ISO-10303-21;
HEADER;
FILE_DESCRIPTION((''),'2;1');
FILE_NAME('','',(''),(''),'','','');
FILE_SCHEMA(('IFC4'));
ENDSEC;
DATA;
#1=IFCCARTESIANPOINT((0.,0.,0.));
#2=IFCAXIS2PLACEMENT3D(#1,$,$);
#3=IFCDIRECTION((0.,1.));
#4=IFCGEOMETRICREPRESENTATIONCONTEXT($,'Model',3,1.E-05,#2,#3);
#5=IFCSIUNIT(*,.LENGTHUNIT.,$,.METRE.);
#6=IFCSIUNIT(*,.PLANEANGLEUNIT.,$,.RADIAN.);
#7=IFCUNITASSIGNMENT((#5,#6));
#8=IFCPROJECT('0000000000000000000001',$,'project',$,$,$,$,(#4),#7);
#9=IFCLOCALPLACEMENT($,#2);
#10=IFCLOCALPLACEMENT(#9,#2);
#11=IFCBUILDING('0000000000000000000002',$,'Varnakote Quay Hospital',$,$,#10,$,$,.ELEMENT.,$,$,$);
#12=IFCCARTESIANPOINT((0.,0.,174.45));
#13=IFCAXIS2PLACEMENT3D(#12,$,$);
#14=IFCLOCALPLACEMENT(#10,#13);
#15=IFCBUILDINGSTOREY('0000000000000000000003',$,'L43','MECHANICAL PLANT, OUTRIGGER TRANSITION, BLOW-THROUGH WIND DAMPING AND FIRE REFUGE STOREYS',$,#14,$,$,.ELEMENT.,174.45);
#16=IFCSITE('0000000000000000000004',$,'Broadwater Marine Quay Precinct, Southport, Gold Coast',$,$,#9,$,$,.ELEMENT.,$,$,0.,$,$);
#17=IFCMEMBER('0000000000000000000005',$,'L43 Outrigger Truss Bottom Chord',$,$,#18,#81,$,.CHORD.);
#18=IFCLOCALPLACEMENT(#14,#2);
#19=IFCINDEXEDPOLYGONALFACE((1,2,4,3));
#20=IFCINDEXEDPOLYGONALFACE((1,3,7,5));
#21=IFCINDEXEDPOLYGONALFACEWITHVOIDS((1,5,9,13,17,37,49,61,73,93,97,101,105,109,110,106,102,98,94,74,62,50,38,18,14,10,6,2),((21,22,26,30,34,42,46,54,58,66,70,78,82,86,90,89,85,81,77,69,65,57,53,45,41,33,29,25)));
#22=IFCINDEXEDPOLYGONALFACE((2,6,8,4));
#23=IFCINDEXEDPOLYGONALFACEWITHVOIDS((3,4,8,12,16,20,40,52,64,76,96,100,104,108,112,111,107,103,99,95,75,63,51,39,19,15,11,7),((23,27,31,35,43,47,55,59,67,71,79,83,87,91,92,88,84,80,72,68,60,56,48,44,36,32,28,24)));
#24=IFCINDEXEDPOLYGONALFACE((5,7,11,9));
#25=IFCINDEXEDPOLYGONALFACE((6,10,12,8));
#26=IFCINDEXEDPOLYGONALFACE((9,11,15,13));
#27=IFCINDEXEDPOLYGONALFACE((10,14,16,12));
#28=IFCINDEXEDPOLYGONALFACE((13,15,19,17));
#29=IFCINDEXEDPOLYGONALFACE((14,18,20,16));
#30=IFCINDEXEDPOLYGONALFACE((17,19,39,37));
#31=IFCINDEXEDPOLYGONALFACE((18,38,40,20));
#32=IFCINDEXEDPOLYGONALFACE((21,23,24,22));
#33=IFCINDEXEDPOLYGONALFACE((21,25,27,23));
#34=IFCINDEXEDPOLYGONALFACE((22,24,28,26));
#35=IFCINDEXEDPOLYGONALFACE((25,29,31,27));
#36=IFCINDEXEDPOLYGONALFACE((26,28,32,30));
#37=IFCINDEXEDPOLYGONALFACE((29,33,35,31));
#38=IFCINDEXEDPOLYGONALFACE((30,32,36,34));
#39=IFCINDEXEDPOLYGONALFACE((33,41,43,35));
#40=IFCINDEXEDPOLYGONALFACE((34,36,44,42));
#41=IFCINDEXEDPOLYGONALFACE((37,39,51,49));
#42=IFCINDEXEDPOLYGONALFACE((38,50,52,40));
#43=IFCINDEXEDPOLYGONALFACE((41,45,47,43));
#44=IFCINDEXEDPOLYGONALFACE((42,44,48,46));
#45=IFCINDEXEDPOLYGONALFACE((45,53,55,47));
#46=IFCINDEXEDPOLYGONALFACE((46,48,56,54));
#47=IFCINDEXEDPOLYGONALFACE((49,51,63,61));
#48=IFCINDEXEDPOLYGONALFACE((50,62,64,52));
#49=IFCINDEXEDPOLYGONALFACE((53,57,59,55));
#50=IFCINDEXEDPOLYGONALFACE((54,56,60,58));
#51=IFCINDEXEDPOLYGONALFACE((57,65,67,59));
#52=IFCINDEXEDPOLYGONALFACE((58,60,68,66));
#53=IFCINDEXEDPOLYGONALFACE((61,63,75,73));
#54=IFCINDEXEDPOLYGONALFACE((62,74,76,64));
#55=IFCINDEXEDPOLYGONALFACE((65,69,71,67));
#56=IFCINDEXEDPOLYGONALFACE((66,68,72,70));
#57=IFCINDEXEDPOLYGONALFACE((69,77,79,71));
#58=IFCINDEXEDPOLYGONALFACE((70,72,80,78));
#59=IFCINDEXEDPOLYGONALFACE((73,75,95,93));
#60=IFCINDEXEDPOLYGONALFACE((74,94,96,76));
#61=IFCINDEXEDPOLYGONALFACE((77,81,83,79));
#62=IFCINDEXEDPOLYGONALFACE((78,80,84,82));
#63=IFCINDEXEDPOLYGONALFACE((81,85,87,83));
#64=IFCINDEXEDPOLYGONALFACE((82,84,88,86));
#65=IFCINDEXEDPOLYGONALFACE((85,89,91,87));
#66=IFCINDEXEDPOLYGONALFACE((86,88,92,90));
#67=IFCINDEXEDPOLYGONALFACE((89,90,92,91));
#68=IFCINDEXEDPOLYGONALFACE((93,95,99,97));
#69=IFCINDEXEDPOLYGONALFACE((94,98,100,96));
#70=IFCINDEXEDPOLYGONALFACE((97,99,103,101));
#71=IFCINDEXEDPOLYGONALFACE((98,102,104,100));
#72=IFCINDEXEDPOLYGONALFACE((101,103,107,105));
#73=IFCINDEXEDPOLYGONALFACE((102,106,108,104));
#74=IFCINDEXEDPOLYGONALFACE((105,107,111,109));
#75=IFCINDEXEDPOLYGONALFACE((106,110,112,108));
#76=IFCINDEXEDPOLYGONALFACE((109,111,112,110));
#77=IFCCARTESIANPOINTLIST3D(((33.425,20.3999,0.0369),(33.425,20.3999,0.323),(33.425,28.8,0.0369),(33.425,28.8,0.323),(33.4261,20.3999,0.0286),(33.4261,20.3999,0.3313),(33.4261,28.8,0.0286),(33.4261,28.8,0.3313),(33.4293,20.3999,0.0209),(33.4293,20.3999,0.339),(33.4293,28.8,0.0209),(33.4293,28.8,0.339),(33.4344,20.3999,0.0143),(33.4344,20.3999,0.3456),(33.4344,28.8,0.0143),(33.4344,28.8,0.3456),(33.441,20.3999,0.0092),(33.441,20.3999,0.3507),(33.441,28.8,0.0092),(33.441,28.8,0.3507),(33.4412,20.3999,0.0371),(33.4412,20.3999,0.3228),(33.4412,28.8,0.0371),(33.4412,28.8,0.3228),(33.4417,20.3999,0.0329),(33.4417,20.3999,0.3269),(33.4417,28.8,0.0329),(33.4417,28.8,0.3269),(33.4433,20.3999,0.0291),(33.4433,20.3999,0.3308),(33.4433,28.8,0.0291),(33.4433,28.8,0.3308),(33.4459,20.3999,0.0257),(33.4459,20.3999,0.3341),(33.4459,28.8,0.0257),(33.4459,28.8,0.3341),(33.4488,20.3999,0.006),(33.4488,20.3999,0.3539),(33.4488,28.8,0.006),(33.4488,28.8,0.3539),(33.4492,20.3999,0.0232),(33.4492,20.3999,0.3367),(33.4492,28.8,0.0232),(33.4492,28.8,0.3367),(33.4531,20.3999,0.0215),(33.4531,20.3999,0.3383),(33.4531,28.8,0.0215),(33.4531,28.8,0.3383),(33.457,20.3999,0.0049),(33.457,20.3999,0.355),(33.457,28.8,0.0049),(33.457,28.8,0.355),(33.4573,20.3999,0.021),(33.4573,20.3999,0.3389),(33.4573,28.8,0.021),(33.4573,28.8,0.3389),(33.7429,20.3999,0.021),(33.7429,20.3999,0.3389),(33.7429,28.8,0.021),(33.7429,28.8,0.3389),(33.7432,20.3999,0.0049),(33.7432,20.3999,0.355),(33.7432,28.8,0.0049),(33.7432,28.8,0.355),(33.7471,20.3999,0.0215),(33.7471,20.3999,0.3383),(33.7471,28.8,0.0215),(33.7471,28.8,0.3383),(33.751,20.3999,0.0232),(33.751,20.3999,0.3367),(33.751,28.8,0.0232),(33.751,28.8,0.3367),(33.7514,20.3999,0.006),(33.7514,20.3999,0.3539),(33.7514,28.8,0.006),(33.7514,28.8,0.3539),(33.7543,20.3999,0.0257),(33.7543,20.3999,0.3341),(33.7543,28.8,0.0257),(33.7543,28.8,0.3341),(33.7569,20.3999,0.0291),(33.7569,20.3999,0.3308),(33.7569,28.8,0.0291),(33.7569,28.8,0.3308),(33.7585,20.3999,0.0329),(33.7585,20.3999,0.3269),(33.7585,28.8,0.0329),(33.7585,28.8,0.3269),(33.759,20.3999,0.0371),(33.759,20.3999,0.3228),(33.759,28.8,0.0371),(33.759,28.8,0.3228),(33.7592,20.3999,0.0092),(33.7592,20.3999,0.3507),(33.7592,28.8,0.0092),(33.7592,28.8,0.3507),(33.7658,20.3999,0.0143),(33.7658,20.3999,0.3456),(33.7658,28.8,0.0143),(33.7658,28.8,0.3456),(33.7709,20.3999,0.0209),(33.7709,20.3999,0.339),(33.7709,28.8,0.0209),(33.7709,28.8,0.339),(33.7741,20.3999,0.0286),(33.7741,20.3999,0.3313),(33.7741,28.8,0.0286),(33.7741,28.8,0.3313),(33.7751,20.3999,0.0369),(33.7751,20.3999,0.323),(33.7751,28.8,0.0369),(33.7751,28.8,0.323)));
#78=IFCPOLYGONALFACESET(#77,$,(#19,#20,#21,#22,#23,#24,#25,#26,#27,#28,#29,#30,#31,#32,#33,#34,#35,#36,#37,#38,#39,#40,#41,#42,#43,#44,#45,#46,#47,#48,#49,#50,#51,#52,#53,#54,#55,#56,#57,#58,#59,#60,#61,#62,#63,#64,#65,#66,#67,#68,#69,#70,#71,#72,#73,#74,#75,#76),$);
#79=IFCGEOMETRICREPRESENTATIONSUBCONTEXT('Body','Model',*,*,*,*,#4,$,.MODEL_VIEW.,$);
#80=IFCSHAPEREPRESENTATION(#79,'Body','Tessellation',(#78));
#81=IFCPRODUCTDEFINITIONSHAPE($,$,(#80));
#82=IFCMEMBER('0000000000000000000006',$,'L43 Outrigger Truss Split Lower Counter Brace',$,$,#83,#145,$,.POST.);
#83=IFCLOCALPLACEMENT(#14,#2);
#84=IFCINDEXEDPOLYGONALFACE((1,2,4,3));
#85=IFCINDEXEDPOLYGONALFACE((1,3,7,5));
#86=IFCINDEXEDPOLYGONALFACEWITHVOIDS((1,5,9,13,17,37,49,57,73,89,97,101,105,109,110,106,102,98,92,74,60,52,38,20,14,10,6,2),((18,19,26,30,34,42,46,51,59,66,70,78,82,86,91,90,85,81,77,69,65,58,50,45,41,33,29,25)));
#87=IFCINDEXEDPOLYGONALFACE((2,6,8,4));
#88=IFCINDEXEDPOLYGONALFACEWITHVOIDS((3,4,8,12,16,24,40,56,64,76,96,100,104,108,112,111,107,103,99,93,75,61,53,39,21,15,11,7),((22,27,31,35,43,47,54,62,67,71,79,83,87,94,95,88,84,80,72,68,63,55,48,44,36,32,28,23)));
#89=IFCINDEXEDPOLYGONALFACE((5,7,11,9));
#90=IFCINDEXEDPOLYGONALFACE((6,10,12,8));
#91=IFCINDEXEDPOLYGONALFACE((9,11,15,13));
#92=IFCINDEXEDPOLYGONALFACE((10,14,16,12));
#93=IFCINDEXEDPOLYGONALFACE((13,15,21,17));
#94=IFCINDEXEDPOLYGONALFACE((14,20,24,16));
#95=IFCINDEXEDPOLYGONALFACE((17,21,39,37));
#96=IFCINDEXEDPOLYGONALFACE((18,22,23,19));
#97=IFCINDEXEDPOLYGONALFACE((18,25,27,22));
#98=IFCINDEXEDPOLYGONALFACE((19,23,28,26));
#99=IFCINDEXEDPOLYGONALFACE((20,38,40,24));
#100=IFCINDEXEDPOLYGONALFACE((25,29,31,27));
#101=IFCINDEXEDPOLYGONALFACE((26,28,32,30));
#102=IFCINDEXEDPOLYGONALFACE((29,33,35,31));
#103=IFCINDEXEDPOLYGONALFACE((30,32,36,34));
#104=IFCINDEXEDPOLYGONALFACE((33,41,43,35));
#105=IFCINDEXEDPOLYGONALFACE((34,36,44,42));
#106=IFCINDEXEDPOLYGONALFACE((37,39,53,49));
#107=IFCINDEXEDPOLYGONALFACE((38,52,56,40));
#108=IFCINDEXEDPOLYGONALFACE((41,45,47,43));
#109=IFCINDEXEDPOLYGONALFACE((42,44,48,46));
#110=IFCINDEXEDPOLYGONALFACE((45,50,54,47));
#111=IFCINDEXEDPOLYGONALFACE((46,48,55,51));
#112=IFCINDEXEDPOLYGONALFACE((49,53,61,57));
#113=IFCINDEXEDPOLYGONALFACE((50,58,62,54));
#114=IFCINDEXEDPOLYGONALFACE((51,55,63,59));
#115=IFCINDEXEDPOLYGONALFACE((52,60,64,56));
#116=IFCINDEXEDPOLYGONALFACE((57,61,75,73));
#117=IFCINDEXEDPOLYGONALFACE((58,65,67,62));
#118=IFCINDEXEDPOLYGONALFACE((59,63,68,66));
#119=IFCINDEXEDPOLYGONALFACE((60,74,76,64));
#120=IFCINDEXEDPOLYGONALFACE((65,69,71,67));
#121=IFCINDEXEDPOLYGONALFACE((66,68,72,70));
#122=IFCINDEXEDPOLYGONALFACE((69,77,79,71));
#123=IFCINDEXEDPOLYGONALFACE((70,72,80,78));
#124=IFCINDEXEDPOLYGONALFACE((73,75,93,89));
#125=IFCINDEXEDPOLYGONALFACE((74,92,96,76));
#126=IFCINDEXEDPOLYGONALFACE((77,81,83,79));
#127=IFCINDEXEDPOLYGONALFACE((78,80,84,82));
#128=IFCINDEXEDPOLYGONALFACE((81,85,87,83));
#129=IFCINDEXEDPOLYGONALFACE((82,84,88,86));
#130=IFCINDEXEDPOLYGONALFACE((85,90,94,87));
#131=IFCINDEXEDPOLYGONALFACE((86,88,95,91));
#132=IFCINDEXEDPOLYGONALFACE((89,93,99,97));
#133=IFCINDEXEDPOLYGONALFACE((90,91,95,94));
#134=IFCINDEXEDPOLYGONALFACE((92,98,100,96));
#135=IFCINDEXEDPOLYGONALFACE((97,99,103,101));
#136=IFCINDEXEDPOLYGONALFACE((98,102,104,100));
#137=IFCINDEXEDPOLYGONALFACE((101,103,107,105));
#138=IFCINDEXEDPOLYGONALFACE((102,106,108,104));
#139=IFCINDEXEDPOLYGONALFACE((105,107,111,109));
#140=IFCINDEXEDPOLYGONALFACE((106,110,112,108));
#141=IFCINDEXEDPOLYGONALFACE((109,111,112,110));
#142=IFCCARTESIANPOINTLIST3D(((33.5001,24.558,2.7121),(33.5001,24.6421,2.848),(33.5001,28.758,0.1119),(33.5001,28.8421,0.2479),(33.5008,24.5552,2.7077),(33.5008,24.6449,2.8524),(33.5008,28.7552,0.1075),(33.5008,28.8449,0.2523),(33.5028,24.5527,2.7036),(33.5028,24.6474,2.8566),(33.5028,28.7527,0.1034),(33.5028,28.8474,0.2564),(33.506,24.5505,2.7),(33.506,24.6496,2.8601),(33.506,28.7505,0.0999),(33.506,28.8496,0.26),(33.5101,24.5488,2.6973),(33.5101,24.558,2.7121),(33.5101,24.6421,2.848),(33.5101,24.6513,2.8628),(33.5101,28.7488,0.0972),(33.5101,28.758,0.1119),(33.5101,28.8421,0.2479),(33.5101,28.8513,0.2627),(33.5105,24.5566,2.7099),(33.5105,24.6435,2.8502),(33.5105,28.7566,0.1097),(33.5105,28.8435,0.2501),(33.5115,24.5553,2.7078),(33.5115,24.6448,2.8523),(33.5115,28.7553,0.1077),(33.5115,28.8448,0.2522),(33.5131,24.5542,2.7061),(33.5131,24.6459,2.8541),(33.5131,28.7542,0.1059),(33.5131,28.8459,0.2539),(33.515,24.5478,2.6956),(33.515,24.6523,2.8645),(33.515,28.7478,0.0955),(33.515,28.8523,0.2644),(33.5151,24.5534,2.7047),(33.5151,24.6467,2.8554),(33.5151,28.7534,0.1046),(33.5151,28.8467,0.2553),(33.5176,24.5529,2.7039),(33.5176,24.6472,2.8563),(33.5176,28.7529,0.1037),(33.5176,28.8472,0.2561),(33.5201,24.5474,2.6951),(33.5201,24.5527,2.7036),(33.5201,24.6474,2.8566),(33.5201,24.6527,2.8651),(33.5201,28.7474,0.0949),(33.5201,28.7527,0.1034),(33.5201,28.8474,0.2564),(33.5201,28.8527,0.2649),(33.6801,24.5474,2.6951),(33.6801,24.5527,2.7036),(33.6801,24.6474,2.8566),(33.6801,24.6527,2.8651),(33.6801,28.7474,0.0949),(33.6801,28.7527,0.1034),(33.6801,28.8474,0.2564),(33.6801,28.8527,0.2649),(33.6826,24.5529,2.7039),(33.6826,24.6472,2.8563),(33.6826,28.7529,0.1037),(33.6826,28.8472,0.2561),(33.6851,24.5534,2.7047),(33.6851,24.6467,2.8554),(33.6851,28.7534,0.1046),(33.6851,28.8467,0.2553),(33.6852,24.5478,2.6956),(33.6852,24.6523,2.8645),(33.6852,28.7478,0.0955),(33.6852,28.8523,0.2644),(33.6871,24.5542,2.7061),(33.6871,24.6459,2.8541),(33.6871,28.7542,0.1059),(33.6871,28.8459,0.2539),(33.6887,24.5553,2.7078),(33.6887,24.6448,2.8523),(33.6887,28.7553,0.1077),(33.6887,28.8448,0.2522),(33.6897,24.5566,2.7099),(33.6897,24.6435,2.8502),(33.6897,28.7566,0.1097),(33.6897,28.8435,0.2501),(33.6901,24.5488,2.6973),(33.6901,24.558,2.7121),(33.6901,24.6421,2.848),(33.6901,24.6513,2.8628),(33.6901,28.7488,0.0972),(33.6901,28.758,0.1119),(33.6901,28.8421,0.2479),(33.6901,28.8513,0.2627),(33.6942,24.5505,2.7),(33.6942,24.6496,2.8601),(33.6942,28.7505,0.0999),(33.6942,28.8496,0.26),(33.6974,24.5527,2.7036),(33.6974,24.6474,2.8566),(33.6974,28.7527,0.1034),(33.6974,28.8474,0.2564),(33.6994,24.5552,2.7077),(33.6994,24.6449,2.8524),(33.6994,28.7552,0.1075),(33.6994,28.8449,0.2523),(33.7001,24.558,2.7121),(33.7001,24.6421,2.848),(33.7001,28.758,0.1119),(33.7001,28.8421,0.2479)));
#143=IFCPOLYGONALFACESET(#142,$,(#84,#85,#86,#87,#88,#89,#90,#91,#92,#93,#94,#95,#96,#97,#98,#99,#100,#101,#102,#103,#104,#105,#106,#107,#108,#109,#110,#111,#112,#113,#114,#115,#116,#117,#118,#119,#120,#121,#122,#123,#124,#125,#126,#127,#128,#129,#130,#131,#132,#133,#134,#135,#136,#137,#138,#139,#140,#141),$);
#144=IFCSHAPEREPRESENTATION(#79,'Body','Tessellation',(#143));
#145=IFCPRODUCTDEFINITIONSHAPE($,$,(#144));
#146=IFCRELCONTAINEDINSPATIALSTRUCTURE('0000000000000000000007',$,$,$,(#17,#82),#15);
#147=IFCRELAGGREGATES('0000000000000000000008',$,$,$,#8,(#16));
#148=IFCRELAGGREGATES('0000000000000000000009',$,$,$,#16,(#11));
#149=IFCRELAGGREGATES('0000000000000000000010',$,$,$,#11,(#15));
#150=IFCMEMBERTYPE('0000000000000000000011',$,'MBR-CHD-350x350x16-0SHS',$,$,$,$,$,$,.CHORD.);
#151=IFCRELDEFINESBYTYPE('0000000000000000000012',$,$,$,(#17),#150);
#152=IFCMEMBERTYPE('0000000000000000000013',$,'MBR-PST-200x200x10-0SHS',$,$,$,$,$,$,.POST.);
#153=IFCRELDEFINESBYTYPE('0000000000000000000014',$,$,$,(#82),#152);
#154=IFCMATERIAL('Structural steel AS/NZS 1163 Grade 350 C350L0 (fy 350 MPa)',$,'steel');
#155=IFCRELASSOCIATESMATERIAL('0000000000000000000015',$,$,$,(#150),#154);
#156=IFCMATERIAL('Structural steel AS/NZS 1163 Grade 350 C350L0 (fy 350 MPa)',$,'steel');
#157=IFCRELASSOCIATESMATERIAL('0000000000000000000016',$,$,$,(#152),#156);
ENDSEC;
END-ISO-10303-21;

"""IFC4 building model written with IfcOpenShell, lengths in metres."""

from ifc_helpers import new_model, si_unit, direction, frame, origin, origin_2d, place, context, subcontext, project, spatial, hollow_rectangle, extrude, material, material_profile, profile_set, type_object, element, save


model = new_model("IFC4")

# Units and contexts
model_context = context("Model", 3, precision=1e-05, world=origin(), true_north=direction((0.0, 1.0)))
body_context = subcontext(model_context, "Body", "Model", "MODEL_VIEW")
ifc_project = project(units=[si_unit("LENGTHUNIT", "METRE"), si_unit("PLANEANGLEUNIT", "RADIAN")], contexts=[model_context])

# Site, building, storey
site_placement = place(None, origin())
site = spatial("IfcSite", under=ifc_project, at=site_placement, Name="Broadwater Marine Quay Precinct, Southport, Gold Coast", CompositionType="ELEMENT", RefElevation=0.0)
building_placement = place(site_placement, origin())
building = spatial("IfcBuilding", under=site, at=building_placement, Name="Varnakote Quay Hospital", CompositionType="ELEMENT")
storey_placement = place(building_placement, frame((0.0, 0.0, 174.45)))
storey = spatial("IfcBuildingStorey", under=building, at=storey_placement, Name="L43", Description="MECHANICAL PLANT, OUTRIGGER TRANSITION, BLOW-THROUGH WIND DAMPING AND FIRE REFUGE STOREYS", CompositionType="ELEMENT", Elevation=174.45)

# Members
ifc_material_1 = material(Name="Structural steel AS/NZS 1163 Grade 350 C350L0 (fy 350 MPa)", Category="steel")
ifc_material_profile_1 = material_profile(ifc_material_1, hollow_rectangle(XDim=0.3501, YDim=0.3501, WallThickness=0.0161, InnerFilletRadius=0.0161, OuterFilletRadius=0.032, at=origin_2d()), Name="350x350x16.0SHS")
ifc_profile_set_1 = profile_set([ifc_material_profile_1], Name="Structural steel AS/NZS 1163 Grade 350 C350L0 (fy 350 MPa)")
member_type_1 = type_object("IfcMemberType", Name="MBR-CHD-350x350x16-0SHS", PredefinedType="CHORD", material=ifc_profile_set_1)
member_1_placement = place(storey_placement, frame((33.6001, 20.3999, 0.1799), z_axis=(0.0, 1.0, 0.0), x_axis=(-1.0, 0.0, 0.0)))
element("IfcMember", 1, at=member_1_placement, inside=storey, type_object=member_type_1, Name="L43 Outrigger Truss Bottom Chord", PredefinedType="CHORD", context=body_context, shape_type="SweptSolid", body=[
    extrude(hollow_rectangle(XDim=0.3501, YDim=0.3501, WallThickness=0.0161, InnerFilletRadius=0.0161, OuterFilletRadius=0.032, at=origin_2d()), origin(), (0.0, 0.0, 1.0), 8.4001),
])
ifc_material_2 = material(Name="Structural steel AS/NZS 1163 Grade 350 C350L0 (fy 350 MPa)", Category="steel")
ifc_material_profile_2 = material_profile(ifc_material_2, hollow_rectangle(XDim=0.2, YDim=0.2, WallThickness=0.01, InnerFilletRadius=0.01, OuterFilletRadius=0.02, at=origin_2d()), Name="200x200x10.0SHS")
ifc_profile_set_2 = profile_set([ifc_material_profile_2], Name="Structural steel AS/NZS 1163 Grade 350 C350L0 (fy 350 MPa)")
member_type_2 = type_object("IfcMemberType", Name="MBR-PST-200x200x10-0SHS", PredefinedType="POST", material=ifc_profile_set_2)
member_2_placement = place(storey_placement, frame((33.6001, 28.8, 0.1799), z_axis=(0.0, -0.850254, 0.526373), x_axis=(1.0, 0.0, 0.0)))
element("IfcMember", 2, at=member_2_placement, inside=storey, type_object=member_type_2, Name="L43 Outrigger Truss Split Lower Counter Brace", PredefinedType="POST", context=body_context, shape_type="SweptSolid", body=[
    extrude(hollow_rectangle(XDim=0.2, YDim=0.2, WallThickness=0.01, InnerFilletRadius=0.01, OuterFilletRadius=0.02, at=origin_2d()), origin(), (0.0, 0.0, 1.0), 4.9397),
])

save(model, "model.ifc")
